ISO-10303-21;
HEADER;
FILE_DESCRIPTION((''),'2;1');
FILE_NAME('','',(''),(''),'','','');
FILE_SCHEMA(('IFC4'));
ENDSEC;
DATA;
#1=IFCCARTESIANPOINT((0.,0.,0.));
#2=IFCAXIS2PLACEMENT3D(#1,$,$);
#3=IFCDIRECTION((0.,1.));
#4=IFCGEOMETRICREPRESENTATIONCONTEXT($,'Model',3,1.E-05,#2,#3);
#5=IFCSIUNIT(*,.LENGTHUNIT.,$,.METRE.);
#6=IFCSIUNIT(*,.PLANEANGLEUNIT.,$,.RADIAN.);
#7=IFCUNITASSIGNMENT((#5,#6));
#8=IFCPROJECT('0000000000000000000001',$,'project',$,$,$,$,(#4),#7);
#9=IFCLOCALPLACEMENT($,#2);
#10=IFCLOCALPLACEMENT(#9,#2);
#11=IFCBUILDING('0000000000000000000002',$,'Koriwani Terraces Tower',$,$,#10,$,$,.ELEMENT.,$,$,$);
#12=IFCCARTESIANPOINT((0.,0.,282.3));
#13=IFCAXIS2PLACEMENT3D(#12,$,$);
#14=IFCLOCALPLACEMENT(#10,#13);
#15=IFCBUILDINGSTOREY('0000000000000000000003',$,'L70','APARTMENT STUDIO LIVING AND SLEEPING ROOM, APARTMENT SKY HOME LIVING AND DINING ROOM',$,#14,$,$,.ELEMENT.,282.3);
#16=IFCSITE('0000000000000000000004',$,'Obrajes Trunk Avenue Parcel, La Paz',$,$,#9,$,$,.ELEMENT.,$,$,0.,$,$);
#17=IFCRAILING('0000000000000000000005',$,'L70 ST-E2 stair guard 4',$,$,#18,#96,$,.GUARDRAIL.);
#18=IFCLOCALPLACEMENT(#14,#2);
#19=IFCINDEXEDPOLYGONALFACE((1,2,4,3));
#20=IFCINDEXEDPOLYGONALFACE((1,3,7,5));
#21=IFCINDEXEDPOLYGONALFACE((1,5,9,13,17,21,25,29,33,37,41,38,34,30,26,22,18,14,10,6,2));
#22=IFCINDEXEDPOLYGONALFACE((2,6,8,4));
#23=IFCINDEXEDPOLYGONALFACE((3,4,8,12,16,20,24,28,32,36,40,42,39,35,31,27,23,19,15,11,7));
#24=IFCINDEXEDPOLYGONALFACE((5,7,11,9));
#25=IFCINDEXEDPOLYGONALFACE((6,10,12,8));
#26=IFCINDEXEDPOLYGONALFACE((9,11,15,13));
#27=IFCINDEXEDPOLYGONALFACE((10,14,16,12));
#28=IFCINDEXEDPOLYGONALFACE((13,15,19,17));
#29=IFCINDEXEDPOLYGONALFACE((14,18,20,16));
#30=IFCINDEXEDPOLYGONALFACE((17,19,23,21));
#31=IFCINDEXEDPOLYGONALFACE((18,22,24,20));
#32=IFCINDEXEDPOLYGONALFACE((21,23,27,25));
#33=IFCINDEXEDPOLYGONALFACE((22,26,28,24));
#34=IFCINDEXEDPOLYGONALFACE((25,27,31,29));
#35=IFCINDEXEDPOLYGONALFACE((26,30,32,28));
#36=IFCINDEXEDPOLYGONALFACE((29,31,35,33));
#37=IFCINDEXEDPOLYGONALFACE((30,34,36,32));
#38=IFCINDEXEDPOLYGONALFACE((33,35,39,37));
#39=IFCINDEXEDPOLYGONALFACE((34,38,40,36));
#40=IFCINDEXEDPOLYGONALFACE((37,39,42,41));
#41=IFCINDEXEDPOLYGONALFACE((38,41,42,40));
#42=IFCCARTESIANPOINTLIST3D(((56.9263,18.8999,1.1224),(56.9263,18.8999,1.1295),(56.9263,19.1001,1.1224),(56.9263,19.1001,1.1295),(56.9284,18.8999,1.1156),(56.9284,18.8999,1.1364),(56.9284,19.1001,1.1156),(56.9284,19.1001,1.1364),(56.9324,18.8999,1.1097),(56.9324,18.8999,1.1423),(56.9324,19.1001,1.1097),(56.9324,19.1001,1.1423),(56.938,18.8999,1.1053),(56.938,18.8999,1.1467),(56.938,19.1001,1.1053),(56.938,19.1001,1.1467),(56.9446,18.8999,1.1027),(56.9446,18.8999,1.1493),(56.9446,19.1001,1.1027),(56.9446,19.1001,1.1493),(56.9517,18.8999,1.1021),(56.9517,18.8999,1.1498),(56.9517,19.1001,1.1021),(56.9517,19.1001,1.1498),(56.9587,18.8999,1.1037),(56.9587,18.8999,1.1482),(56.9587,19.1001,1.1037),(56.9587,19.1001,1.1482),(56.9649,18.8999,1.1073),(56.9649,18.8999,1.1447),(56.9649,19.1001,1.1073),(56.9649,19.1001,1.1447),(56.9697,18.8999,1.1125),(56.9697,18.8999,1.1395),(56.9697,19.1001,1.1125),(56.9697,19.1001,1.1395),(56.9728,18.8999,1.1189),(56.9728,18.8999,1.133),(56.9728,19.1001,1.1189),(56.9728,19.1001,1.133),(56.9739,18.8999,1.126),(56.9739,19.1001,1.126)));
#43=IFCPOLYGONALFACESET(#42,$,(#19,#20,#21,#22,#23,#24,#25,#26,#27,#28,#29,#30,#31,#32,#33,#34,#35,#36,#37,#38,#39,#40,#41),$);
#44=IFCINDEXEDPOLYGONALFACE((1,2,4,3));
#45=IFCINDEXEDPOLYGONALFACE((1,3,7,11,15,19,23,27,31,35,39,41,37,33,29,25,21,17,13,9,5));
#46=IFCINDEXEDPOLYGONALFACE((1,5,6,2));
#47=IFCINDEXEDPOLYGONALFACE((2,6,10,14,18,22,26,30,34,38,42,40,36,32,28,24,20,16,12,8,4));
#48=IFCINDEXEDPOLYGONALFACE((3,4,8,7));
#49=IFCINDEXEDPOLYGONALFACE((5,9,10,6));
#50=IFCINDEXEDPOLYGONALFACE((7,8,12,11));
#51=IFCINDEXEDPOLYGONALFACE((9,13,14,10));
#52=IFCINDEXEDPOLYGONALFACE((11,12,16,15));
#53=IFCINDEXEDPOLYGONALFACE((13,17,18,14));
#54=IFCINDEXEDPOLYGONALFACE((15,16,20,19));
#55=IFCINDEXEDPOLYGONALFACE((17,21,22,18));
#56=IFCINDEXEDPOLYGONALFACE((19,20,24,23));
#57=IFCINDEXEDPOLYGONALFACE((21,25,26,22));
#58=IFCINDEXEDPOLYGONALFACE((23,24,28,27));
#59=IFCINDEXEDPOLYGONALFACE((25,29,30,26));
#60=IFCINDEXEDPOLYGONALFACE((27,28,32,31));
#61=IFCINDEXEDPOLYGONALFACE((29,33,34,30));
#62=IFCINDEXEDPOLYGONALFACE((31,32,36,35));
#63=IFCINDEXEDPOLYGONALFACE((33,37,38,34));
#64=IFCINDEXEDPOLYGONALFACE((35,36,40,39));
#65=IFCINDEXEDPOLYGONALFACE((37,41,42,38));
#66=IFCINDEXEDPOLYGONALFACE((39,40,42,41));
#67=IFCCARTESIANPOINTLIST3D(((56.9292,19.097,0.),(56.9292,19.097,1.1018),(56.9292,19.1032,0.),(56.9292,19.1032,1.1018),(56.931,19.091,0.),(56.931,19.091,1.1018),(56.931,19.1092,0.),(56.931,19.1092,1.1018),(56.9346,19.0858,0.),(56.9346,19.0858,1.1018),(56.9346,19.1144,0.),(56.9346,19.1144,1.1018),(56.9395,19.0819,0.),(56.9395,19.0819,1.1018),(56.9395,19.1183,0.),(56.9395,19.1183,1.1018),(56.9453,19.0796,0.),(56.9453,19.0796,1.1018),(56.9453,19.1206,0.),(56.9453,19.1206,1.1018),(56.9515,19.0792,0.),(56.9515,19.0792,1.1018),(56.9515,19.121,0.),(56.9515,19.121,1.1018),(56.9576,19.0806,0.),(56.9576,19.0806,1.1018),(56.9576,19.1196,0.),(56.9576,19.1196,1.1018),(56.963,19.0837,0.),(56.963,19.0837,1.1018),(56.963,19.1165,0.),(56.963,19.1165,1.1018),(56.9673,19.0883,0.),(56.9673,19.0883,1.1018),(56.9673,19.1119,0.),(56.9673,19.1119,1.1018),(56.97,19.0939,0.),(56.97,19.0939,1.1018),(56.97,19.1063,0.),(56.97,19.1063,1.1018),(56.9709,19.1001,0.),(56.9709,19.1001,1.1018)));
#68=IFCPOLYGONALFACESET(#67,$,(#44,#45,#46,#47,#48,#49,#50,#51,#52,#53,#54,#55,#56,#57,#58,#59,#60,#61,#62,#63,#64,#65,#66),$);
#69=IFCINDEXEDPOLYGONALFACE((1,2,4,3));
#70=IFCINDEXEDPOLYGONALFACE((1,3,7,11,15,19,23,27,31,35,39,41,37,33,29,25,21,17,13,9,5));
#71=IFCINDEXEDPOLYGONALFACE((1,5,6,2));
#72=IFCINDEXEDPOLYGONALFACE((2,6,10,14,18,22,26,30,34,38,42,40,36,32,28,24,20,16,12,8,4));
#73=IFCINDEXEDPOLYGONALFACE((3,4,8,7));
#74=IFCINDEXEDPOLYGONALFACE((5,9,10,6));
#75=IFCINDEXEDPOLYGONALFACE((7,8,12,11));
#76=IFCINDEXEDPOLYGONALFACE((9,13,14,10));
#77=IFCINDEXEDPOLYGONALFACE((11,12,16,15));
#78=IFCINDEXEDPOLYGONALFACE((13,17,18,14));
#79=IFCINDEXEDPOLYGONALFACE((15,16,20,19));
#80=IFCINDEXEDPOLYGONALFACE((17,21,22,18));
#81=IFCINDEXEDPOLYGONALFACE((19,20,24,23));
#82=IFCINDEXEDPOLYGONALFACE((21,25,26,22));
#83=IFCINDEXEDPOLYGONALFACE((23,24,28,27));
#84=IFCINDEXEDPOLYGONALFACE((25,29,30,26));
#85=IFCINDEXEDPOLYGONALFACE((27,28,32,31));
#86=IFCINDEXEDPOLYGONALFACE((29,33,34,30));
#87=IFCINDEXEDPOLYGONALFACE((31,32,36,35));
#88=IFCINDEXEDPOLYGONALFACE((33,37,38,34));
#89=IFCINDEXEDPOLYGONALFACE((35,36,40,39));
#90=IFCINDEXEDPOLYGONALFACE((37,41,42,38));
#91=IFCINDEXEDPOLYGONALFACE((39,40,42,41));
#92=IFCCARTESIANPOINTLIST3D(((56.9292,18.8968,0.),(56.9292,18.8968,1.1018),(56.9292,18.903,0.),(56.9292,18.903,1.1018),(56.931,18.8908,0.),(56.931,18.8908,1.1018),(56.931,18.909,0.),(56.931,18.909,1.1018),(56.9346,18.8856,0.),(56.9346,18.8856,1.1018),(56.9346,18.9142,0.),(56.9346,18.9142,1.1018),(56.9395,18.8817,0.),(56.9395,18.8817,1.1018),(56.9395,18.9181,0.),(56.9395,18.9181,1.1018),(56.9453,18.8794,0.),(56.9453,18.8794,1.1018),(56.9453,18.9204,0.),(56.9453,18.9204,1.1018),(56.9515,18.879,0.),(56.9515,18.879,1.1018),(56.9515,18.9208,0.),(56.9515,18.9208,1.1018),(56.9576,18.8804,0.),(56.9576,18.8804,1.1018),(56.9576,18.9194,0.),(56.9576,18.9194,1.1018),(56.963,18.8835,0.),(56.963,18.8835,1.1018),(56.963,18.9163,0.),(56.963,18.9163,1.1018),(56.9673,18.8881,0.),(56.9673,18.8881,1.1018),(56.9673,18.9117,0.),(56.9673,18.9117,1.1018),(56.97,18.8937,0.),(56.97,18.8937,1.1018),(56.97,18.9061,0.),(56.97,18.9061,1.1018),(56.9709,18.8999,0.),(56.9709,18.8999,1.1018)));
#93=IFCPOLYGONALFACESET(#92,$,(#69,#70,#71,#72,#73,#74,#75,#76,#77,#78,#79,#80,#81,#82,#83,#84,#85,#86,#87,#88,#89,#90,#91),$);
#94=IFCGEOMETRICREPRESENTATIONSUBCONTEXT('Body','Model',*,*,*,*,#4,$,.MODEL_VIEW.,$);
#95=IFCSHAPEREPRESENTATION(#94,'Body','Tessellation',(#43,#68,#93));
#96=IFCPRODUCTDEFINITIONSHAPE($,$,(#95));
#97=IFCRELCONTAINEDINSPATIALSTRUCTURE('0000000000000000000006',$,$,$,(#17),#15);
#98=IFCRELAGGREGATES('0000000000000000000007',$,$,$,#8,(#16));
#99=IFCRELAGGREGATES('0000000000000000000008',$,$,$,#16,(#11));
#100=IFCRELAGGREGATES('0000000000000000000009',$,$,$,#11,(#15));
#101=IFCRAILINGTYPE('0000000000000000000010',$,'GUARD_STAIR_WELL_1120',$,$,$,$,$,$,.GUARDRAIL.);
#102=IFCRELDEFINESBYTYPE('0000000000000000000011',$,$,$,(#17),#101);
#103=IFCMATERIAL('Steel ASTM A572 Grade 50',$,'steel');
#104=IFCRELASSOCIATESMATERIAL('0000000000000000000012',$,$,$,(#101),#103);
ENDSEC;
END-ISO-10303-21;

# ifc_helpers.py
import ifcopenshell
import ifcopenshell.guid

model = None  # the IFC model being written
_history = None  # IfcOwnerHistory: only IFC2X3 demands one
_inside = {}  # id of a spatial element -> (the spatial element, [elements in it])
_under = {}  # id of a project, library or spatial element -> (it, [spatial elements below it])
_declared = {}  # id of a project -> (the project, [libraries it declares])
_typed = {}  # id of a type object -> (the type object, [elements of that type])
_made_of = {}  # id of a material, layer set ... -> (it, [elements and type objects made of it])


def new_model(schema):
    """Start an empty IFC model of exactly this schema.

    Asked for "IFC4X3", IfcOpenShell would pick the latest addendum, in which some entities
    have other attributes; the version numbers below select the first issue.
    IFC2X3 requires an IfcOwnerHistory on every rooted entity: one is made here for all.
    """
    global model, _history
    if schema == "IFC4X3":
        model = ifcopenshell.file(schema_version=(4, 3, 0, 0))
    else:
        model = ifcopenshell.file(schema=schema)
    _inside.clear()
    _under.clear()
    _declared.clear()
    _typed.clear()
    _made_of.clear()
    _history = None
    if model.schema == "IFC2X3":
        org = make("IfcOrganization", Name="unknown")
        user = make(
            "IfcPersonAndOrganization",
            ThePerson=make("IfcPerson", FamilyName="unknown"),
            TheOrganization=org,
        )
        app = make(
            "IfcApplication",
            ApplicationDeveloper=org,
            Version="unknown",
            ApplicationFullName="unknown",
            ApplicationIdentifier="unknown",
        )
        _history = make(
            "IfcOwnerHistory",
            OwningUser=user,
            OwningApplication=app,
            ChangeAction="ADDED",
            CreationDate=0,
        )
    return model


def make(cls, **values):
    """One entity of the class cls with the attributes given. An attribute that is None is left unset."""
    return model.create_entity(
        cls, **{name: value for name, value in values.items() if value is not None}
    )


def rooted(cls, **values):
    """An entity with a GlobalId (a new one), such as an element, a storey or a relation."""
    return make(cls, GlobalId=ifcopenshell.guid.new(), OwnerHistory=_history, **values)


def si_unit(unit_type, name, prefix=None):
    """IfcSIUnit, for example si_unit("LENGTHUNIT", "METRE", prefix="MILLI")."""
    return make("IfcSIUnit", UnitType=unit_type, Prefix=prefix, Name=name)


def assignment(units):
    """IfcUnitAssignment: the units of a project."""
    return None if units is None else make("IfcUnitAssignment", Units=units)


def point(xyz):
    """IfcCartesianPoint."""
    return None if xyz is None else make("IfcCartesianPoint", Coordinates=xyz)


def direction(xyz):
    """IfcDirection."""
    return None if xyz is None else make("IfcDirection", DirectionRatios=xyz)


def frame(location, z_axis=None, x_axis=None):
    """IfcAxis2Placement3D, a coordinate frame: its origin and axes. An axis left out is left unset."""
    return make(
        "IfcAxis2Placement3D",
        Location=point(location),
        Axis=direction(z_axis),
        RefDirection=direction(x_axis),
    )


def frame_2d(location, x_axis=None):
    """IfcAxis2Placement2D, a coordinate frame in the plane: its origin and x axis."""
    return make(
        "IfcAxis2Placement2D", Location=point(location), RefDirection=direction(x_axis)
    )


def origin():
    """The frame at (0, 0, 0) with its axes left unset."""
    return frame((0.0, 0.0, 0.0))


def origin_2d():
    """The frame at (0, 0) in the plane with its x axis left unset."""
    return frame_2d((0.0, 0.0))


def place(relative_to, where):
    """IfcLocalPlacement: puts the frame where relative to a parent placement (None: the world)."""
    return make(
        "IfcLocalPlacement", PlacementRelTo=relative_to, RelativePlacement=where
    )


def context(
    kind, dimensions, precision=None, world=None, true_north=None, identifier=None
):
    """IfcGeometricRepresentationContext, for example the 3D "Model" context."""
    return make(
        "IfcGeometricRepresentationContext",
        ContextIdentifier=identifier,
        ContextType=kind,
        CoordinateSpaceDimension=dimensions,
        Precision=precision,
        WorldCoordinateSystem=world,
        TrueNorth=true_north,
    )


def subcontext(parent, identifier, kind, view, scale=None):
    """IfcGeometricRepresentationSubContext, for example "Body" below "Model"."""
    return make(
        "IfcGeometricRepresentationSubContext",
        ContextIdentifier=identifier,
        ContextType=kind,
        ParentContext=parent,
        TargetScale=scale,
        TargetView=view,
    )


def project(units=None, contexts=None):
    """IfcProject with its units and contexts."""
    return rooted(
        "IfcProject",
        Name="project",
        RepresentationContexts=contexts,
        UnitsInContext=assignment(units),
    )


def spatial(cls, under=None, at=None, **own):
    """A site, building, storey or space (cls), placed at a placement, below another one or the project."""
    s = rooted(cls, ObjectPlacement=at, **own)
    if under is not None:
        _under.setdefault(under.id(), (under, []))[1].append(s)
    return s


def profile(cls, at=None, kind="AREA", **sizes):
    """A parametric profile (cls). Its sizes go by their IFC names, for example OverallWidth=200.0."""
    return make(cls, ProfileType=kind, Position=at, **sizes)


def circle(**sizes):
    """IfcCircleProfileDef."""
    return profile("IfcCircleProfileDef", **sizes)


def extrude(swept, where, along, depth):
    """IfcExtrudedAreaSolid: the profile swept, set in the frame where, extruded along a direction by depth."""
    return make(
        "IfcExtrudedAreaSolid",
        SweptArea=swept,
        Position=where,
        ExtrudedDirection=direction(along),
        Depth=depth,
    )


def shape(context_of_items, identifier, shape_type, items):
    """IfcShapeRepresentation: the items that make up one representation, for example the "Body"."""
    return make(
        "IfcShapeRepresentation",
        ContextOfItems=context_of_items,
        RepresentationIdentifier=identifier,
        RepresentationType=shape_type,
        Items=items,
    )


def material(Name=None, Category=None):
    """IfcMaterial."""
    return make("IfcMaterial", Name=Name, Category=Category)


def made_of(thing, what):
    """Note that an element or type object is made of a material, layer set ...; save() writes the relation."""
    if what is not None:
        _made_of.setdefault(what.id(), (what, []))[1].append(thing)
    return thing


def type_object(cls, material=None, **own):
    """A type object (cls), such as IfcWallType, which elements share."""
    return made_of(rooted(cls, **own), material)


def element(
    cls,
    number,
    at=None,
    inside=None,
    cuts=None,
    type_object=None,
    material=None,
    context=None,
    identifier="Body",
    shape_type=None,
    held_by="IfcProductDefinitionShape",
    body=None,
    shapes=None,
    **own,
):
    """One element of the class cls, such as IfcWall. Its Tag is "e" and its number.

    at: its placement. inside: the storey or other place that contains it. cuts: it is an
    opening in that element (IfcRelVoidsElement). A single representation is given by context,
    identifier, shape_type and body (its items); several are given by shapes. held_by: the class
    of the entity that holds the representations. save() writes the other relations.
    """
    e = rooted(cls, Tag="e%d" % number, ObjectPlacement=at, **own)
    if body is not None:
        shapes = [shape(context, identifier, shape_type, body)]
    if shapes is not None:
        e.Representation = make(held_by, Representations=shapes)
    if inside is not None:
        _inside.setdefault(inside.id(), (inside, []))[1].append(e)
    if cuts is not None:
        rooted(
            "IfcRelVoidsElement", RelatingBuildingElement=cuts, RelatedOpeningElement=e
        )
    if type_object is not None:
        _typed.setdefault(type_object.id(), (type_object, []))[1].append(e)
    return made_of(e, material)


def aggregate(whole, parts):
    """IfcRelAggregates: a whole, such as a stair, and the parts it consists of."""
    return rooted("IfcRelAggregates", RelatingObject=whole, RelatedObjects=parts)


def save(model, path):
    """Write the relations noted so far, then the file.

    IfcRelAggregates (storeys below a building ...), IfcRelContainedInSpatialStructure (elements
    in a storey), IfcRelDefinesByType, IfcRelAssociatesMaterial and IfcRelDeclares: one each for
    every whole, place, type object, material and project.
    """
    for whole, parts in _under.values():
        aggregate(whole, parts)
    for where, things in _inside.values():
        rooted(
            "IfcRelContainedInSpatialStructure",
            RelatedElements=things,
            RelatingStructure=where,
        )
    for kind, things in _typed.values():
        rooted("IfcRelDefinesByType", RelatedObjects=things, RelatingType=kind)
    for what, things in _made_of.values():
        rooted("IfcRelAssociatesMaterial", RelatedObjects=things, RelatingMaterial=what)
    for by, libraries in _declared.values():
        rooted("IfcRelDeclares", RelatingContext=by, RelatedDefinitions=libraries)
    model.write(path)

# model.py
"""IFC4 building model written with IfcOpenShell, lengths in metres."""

from ifc_helpers import new_model, si_unit, direction, frame, origin, origin_2d, place, context, subcontext, project, spatial, circle, extrude, material, type_object, element, save


model = new_model("IFC4")

# Units and contexts
model_context = context("Model", 3, precision=1e-05, world=origin(), true_north=direction((0.0, 1.0)))
body_context = subcontext(model_context, "Body", "Model", "MODEL_VIEW")
ifc_project = project(units=[si_unit("LENGTHUNIT", "METRE"), si_unit("PLANEANGLEUNIT", "RADIAN")], contexts=[model_context])

# Site, building, storey
site_placement = place(None, origin())
site = spatial("IfcSite", under=ifc_project, at=site_placement, Name="Obrajes Trunk Avenue Parcel, La Paz", CompositionType="ELEMENT", RefElevation=0.0)
building_placement = place(site_placement, origin())
building = spatial("IfcBuilding", under=site, at=building_placement, Name="Koriwani Terraces Tower", CompositionType="ELEMENT")
storey_placement = place(building_placement, frame((0.0, 0.0, 282.3)))
storey = spatial("IfcBuildingStorey", under=building, at=storey_placement, Name="L70", Description="APARTMENT STUDIO LIVING AND SLEEPING ROOM, APARTMENT SKY HOME LIVING AND DINING ROOM", CompositionType="ELEMENT", Elevation=282.3)

# Shared definitions
ifc_material_1 = material(Name="Steel ASTM A572 Grade 50", Category="steel")

# Railing
railing_type_1 = type_object("IfcRailingType", Name="GUARD_STAIR_WELL_1120", PredefinedType="GUARDRAIL", material=ifc_material_1)
railing_1_placement = place(storey_placement, frame((56.95, 19.1001, 0.0)))
element("IfcRailing", 1, at=railing_1_placement, inside=storey, type_object=railing_type_1, Name="L70 ST-E2 stair guard 4", PredefinedType="GUARDRAIL", context=body_context, shape_type="SweptSolid", body=[
    extrude(circle(Radius=0.0239, at=origin_2d()), frame((0.0, 0.0, 1.126), z_axis=(0.0, -1.0, 0.0), x_axis=(1.0, 0.0, 0.0)), (0.0, 0.0, 1.0), 0.2002),
    extrude(circle(Radius=0.021, at=origin_2d()), origin(), (0.0, 0.0, 1.0), 1.1018),
    extrude(circle(Radius=0.021, at=origin_2d()), frame((0.0, -0.2002, 0.0)), (0.0, 0.0, 1.0), 1.1018),
])

save(model, "model.ifc")
